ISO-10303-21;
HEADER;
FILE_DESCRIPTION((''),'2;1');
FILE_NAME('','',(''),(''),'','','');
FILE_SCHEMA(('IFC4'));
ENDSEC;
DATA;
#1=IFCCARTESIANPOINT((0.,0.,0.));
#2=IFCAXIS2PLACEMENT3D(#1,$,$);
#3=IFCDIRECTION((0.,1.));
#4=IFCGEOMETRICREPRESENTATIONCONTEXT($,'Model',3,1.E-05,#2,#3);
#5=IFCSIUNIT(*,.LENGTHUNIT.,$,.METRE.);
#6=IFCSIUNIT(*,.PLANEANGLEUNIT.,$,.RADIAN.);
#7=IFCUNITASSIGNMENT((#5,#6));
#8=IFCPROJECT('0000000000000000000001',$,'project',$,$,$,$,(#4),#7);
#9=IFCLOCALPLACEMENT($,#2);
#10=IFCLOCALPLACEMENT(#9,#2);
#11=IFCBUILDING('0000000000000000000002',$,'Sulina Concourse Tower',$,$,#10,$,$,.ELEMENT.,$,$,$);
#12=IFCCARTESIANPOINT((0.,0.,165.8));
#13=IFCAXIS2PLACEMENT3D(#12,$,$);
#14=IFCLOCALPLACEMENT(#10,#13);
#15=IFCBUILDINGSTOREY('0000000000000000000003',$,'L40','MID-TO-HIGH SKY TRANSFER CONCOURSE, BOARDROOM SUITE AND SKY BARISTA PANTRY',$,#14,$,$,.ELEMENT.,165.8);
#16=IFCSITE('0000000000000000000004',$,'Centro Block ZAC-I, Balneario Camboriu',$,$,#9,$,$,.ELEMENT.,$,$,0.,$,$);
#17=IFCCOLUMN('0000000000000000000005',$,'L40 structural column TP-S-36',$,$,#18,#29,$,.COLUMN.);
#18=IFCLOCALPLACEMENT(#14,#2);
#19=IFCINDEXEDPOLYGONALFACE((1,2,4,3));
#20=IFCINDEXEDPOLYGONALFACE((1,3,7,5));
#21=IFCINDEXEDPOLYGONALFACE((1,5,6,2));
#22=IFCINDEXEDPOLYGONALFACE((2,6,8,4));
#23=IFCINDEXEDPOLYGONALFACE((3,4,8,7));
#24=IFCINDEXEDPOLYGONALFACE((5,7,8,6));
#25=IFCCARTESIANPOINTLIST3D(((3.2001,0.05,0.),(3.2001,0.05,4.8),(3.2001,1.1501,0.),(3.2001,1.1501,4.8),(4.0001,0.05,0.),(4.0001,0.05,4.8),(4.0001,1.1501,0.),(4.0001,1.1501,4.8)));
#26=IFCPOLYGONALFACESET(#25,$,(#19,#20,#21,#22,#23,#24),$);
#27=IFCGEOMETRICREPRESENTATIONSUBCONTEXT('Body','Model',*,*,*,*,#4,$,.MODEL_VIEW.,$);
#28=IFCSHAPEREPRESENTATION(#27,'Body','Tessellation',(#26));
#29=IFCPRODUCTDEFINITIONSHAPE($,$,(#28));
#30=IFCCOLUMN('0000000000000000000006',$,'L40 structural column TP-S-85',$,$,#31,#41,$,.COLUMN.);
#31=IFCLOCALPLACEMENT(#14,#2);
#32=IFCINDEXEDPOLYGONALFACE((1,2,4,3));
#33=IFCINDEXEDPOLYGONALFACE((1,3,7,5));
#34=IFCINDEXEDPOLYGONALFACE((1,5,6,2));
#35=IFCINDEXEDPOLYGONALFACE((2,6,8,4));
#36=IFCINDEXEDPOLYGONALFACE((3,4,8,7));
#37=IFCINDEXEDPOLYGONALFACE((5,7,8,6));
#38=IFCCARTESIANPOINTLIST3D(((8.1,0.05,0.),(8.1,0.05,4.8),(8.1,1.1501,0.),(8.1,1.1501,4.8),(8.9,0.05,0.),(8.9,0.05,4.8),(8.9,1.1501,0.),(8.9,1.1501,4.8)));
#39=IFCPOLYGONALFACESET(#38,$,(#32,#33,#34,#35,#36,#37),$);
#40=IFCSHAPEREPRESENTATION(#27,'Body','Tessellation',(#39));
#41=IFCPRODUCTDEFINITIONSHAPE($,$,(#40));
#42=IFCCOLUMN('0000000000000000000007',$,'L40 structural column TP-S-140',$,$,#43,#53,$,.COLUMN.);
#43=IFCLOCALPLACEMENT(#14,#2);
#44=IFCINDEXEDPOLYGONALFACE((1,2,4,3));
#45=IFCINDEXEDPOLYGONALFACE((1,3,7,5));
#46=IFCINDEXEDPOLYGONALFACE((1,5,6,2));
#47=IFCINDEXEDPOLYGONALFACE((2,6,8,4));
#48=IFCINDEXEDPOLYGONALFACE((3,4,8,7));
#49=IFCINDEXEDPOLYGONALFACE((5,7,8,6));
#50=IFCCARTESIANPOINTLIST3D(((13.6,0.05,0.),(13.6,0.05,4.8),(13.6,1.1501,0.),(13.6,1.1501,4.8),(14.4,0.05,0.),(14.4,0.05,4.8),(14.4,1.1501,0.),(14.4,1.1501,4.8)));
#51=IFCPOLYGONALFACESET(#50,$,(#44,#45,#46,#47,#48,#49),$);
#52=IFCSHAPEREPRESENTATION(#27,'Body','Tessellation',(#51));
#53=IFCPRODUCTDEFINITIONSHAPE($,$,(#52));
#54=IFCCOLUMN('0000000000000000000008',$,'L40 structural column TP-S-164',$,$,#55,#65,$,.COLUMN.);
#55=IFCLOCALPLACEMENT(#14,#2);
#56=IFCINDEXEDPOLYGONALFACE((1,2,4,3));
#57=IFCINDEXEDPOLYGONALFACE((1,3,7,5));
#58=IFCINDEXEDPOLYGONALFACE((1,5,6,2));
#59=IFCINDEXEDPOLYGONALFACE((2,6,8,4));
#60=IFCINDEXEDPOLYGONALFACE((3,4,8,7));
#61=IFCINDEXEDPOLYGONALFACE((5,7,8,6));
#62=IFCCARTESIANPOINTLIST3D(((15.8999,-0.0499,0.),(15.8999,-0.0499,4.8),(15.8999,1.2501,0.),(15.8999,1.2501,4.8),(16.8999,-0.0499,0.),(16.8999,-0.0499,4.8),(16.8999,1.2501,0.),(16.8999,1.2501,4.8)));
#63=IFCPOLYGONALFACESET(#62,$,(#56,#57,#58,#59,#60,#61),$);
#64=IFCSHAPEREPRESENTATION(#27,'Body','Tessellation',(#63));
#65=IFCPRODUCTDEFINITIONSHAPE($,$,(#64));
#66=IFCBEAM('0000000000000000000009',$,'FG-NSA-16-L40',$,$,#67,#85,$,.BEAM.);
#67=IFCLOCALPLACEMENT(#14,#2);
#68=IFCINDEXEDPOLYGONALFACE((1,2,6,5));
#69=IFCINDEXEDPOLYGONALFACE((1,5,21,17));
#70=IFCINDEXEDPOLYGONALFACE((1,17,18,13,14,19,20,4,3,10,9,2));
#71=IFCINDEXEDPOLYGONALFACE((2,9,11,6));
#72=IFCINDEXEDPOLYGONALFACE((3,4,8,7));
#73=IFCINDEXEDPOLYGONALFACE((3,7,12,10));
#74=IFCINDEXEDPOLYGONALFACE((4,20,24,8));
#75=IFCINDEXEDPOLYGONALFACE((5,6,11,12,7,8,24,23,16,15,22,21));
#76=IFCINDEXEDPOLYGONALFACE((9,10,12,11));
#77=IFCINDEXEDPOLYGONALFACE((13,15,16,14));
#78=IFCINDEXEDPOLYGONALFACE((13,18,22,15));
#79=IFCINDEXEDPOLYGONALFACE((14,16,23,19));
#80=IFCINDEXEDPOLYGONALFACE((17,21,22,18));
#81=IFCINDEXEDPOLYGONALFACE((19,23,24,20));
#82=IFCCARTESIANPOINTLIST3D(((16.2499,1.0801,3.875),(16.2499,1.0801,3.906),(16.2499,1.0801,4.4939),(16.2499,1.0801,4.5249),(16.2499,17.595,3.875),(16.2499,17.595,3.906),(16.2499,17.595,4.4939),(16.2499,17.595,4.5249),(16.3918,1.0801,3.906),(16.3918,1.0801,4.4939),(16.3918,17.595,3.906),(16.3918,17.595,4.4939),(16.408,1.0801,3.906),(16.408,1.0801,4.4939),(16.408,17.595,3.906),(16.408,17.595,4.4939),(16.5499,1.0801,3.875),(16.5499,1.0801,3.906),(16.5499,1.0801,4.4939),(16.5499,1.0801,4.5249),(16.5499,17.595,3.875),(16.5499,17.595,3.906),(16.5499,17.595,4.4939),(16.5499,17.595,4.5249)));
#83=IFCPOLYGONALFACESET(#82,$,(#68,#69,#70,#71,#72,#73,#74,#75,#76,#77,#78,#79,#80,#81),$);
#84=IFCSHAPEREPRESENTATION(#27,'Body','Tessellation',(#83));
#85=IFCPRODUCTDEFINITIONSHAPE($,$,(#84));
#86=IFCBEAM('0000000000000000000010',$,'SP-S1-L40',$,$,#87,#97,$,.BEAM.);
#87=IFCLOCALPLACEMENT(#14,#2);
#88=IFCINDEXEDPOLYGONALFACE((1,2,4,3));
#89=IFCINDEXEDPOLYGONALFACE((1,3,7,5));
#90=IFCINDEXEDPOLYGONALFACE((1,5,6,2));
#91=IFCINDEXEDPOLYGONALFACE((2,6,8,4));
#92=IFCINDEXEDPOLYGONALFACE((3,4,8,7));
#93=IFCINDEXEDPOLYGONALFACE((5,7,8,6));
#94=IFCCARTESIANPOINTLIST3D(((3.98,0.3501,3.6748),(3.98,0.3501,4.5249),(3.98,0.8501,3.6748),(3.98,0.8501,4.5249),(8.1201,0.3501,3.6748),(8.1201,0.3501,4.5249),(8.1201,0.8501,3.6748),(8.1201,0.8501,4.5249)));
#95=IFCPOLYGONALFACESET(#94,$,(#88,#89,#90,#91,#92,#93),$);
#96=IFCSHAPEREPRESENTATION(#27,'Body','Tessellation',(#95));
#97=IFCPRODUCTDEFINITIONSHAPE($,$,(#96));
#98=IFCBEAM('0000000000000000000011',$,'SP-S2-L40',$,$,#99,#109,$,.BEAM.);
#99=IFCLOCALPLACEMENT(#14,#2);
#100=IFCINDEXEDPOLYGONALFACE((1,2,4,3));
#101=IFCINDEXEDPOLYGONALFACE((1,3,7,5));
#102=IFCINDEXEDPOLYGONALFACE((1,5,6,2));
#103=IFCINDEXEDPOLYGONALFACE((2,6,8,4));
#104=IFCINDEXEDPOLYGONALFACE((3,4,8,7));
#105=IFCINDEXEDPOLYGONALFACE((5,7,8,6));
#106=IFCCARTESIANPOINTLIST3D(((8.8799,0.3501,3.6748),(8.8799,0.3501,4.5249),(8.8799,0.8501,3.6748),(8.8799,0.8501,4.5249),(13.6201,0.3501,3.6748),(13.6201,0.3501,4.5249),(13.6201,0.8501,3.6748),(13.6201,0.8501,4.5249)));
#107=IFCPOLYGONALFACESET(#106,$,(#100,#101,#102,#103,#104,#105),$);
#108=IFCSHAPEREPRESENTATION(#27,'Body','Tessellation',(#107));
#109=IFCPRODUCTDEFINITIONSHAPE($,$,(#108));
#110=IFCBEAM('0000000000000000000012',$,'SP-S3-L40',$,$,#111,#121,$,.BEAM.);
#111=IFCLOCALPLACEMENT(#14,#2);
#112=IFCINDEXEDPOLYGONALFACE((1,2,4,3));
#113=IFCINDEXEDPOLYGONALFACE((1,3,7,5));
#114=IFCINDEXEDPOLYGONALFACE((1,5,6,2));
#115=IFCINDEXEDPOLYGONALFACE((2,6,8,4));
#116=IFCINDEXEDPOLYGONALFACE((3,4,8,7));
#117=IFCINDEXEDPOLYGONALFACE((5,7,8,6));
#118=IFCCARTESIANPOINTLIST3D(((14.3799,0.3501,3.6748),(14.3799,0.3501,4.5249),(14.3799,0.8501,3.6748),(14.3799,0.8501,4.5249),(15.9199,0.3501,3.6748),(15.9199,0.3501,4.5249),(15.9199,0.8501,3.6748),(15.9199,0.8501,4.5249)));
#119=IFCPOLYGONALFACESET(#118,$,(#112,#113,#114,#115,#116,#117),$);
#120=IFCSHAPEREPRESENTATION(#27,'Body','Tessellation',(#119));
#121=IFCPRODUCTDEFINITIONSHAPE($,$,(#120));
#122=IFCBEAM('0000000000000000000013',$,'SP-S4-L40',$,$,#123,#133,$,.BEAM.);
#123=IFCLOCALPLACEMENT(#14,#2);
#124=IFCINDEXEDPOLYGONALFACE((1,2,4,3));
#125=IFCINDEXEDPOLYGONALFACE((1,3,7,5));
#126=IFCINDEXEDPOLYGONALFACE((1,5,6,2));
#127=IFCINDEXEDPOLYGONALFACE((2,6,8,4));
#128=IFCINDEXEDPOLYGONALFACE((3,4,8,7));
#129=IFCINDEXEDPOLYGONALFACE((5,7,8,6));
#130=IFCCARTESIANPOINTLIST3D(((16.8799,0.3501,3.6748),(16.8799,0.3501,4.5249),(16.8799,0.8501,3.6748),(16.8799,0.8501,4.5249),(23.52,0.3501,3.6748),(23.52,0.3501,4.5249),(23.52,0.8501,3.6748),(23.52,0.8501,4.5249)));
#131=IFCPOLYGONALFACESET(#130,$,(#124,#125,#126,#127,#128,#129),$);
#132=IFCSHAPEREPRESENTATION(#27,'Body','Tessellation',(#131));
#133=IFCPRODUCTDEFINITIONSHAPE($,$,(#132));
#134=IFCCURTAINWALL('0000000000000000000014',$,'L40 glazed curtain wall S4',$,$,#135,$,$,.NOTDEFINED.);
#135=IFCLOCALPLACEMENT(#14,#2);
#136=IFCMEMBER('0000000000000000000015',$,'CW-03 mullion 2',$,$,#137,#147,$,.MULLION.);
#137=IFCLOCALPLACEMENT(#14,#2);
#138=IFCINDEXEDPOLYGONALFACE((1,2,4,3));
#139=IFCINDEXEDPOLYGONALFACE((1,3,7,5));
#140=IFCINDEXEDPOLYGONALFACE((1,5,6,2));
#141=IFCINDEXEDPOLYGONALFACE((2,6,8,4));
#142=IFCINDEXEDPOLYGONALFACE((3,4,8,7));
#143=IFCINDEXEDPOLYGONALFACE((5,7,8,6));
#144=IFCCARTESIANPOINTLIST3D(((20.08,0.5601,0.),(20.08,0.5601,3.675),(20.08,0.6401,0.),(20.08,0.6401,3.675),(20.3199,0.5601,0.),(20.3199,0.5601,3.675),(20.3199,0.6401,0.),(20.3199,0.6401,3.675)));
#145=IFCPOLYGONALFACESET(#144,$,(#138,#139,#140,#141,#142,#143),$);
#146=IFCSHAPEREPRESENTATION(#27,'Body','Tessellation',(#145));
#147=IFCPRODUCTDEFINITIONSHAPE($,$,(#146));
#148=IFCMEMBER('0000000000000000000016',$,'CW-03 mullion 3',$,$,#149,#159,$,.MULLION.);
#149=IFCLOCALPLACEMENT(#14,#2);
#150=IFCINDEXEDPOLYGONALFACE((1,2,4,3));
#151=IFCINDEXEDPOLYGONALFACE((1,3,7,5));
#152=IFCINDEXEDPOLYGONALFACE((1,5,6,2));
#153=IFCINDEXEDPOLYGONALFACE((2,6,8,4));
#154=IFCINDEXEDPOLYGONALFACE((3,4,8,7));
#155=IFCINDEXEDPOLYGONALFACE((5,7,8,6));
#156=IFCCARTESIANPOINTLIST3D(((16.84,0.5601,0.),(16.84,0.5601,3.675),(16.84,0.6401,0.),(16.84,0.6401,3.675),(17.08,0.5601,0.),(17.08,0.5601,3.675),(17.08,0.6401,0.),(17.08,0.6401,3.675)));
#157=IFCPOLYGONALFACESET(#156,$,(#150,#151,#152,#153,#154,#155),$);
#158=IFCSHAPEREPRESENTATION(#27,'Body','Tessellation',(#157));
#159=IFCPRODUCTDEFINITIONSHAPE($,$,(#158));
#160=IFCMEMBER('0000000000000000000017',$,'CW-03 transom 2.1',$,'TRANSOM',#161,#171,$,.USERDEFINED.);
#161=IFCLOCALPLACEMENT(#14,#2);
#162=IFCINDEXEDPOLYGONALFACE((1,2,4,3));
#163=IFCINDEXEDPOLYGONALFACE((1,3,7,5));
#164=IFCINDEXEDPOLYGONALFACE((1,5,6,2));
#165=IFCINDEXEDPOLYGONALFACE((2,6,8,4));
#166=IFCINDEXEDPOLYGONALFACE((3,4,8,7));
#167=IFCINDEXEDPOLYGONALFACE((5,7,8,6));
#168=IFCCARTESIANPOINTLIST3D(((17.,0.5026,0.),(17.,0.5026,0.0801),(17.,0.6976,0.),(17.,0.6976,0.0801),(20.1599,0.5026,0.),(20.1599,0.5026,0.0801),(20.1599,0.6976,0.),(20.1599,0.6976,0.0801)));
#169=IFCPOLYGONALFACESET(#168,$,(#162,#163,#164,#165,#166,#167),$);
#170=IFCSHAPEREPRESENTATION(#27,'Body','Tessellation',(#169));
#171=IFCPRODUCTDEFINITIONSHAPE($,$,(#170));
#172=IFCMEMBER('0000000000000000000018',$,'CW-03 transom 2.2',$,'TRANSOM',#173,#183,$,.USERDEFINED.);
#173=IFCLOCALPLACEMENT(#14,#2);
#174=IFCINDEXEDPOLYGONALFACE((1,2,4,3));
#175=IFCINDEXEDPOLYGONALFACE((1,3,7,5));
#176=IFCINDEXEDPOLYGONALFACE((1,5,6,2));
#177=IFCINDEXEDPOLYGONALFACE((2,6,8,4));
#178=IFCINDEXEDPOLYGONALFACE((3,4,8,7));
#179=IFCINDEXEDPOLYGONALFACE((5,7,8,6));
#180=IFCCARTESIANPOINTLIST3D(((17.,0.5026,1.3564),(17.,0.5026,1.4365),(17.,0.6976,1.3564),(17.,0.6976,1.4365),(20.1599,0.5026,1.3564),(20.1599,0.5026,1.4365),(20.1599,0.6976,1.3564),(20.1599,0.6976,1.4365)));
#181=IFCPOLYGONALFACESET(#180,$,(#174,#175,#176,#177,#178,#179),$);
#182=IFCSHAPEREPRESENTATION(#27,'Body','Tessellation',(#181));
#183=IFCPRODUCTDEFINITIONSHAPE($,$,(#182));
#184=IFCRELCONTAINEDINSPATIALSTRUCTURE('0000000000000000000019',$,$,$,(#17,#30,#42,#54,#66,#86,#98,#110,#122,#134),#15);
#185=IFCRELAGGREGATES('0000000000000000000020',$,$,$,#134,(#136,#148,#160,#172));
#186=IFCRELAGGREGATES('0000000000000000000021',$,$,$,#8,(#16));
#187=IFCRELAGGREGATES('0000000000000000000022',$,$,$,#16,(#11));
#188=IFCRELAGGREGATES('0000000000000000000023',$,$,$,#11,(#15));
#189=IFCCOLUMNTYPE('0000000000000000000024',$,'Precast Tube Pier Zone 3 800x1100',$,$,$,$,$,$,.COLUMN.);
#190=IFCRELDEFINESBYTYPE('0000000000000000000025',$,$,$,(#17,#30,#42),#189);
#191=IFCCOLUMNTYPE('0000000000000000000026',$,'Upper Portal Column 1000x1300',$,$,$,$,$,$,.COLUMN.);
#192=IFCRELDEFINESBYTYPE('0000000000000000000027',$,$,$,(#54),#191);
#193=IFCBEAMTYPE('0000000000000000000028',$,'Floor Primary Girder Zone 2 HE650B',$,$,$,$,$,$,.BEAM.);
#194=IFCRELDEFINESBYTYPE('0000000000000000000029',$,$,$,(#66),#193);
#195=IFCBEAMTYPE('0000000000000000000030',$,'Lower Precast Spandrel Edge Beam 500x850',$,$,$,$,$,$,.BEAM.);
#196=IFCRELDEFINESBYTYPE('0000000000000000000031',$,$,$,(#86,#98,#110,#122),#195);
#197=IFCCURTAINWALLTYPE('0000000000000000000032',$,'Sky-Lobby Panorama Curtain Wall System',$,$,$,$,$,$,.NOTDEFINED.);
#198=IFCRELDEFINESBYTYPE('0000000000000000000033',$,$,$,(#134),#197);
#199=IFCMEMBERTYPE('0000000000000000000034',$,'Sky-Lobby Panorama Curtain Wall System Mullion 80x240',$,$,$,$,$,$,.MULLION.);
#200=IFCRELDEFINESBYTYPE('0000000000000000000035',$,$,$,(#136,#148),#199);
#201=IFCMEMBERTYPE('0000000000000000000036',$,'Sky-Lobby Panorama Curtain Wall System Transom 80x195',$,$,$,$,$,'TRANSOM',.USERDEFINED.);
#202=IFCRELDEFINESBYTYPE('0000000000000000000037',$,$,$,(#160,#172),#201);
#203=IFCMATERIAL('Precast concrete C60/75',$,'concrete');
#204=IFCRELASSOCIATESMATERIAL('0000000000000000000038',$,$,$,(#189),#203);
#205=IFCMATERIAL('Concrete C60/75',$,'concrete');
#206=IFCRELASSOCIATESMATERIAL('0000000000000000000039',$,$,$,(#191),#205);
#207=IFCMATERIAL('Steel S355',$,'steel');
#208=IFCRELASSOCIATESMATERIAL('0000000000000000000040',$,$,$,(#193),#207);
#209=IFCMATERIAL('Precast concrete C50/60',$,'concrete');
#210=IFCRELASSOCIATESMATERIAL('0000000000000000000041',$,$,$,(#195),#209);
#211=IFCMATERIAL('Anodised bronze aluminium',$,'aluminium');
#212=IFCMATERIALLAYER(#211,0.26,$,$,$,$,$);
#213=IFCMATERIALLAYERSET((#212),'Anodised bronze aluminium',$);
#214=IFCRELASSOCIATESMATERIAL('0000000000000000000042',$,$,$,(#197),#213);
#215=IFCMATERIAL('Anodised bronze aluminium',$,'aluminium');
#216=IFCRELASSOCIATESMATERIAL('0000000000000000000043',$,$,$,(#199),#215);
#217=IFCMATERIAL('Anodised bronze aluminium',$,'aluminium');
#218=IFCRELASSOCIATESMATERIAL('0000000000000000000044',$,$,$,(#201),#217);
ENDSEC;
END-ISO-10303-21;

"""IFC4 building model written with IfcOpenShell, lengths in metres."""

from ifc_helpers import new_model, si_unit, direction, frame, origin, origin_2d, place, context, subcontext, project, spatial, rectangle, i_section, extrude, material, layer, layer_set, material_profile, profile_set, type_object, element, aggregate, save


model = new_model("IFC4")

# Units and contexts
model_context = context("Model", 3, precision=1e-05, world=origin(), true_north=direction((0.0, 1.0)))
body_context = subcontext(model_context, "Body", "Model", "MODEL_VIEW")
ifc_project = project(units=[si_unit("LENGTHUNIT", "METRE"), si_unit("PLANEANGLEUNIT", "RADIAN")], contexts=[model_context])

# Site, building, storey
site_placement = place(None, origin())
site = spatial("IfcSite", under=ifc_project, at=site_placement, Name="Centro Block ZAC-I, Balneario Camboriu", CompositionType="ELEMENT", RefElevation=0.0)
building_placement = place(site_placement, origin())
building = spatial("IfcBuilding", under=site, at=building_placement, Name="Sulina Concourse Tower", CompositionType="ELEMENT")
storey_placement = place(building_placement, frame((0.0, 0.0, 165.8)))
storey = spatial("IfcBuildingStorey", under=building, at=storey_placement, Name="L40", Description="MID-TO-HIGH SKY TRANSFER CONCOURSE, BOARDROOM SUITE AND SKY BARISTA PANTRY", CompositionType="ELEMENT", Elevation=165.8)

# Columns
ifc_material_1 = material(Name="Precast concrete C60/75", Category="concrete")
ifc_material_profile_1 = material_profile(ifc_material_1, rectangle(XDim=0.8, YDim=1.1001, at=origin_2d()), Name="PC 800x1100")
ifc_profile_set_1 = profile_set([ifc_material_profile_1], Name="Precast concrete C60/75")
column_type_1 = type_object("IfcColumnType", Name="Precast Tube Pier Zone 3 800x1100", PredefinedType="COLUMN", material=ifc_profile_set_1)
for number, where, z_axis, x_axis, name in (
    (1, (3.6001, 0.6001, 0.0), (0.0, 0.0, 1.0), (1.0, 0.0, 0.0), "L40 structural column TP-S-36"),
    (2, (8.5, 0.6001, 0.0), (0.0, 0.0, 1.0), (1.0, 0.0, 0.0), "L40 structural column TP-S-85"),
    (3, (14.0, 0.6001, 0.0), (0.0, 0.0, 1.0), (1.0, 0.0, 0.0), "L40 structural column TP-S-140"),
):
    element("IfcColumn", number, at=place(storey_placement, frame(where, z_axis=z_axis, x_axis=x_axis)), inside=storey, type_object=column_type_1, Name=name, PredefinedType="COLUMN", context=body_context, shape_type="SweptSolid", body=[
        extrude(rectangle(XDim=0.8, YDim=1.1001, at=origin_2d()), origin(), (0.0, 0.0, 1.0), 4.8),
    ])
ifc_material_2 = material(Name="Concrete C60/75", Category="concrete")
ifc_material_profile_2 = material_profile(ifc_material_2, rectangle(XDim=1.0, YDim=1.3, at=origin_2d()), Name="RC 1000x1300")
ifc_profile_set_2 = profile_set([ifc_material_profile_2], Name="Concrete C60/75")
column_type_2 = type_object("IfcColumnType", Name="Upper Portal Column 1000x1300", PredefinedType="COLUMN", material=ifc_profile_set_2)
column_placement = place(storey_placement, frame((16.3999, 0.6001, 0.0), z_axis=(0.0, 0.0, 1.0), x_axis=(1.0, 0.0, 0.0)))
element("IfcColumn", 4, at=column_placement, inside=storey, type_object=column_type_2, Name="L40 structural column TP-S-164", PredefinedType="COLUMN", context=body_context, shape_type="SweptSolid", body=[
    extrude(rectangle(XDim=1.0, YDim=1.3, at=origin_2d()), origin(), (0.0, 0.0, 1.0), 4.8),
])

# Beams
ifc_material_3 = material(Name="Steel S355", Category="steel")
ifc_material_profile_3 = material_profile(ifc_material_3, i_section(OverallWidth=0.3, OverallDepth=0.6499, WebThickness=0.0161, FlangeThickness=0.031, at=origin_2d()), Name="HE 650 B")
ifc_profile_set_3 = profile_set([ifc_material_profile_3], Name="Steel S355")
beam_type_1 = type_object("IfcBeamType", Name="Floor Primary Girder Zone 2 HE650B", PredefinedType="BEAM", material=ifc_profile_set_3)
beam_1_placement = place(storey_placement, frame((16.3999, 1.0801, 4.2), z_axis=(0.0, 1.0, 0.0), x_axis=(-1.0, 0.0, 0.0)))
element("IfcBeam", 5, at=beam_1_placement, inside=storey, type_object=beam_type_1, Name="FG-NSA-16-L40", PredefinedType="BEAM", context=body_context, shape_type="SweptSolid", body=[
    extrude(i_section(OverallWidth=0.3, OverallDepth=0.6499, WebThickness=0.0161, FlangeThickness=0.031, at=origin_2d()), origin(), (0.0, 0.0, 1.0), 16.5149),
])
ifc_material_4 = material(Name="Precast concrete C50/60", Category="concrete")
ifc_material_profile_4 = material_profile(ifc_material_4, rectangle(XDim=0.5, YDim=0.8501, at=origin_2d()), Name="RC 500x850")
ifc_profile_set_4 = profile_set([ifc_material_profile_4], Name="Precast concrete C50/60")
beam_type_2 = type_object("IfcBeamType", Name="Lower Precast Spandrel Edge Beam 500x850", PredefinedType="BEAM", material=ifc_profile_set_4)
beam_2_placement = place(storey_placement, frame((3.98, 0.6001, 4.0999), z_axis=(1.0, 0.0, 0.0), x_axis=(0.0, 1.0, 0.0)))
element("IfcBeam", 6, at=beam_2_placement, inside=storey, type_object=beam_type_2, Name="SP-S1-L40", PredefinedType="BEAM", context=body_context, shape_type="SweptSolid", body=[
    extrude(rectangle(XDim=0.5, YDim=0.8501, at=origin_2d()), origin(), (0.0, 0.0, 1.0), 4.1401),
])
beam_3_placement = place(storey_placement, frame((8.8799, 0.6001, 4.0999), z_axis=(1.0, 0.0, 0.0), x_axis=(0.0, 1.0, 0.0)))
element("IfcBeam", 7, at=beam_3_placement, inside=storey, type_object=beam_type_2, Name="SP-S2-L40", PredefinedType="BEAM", context=body_context, shape_type="SweptSolid", body=[
    extrude(rectangle(XDim=0.5, YDim=0.8501, at=origin_2d()), origin(), (0.0, 0.0, 1.0), 4.7402),
])
beam_4_placement = place(storey_placement, frame((14.3799, 0.6001, 4.0999), z_axis=(1.0, 0.0, 0.0), x_axis=(0.0, 1.0, 0.0)))
element("IfcBeam", 8, at=beam_4_placement, inside=storey, type_object=beam_type_2, Name="SP-S3-L40", PredefinedType="BEAM", context=body_context, shape_type="SweptSolid", body=[
    extrude(rectangle(XDim=0.5, YDim=0.8501, at=origin_2d()), origin(), (0.0, 0.0, 1.0), 1.54),
])
beam_5_placement = place(storey_placement, frame((16.8799, 0.6001, 4.0999), z_axis=(1.0, 0.0, 0.0), x_axis=(0.0, 1.0, 0.0)))
element("IfcBeam", 9, at=beam_5_placement, inside=storey, type_object=beam_type_2, Name="SP-S4-L40", PredefinedType="BEAM", context=body_context, shape_type="SweptSolid", body=[
    extrude(rectangle(XDim=0.5, YDim=0.8501, at=origin_2d()), origin(), (0.0, 0.0, 1.0), 6.6401),
])

# Curtain wall, members
ifc_material_5 = material(Name="Anodised bronze aluminium", Category="aluminium")
ifc_layer_1 = layer(ifc_material_5, 0.26)
ifc_layer_set_1 = layer_set([ifc_layer_1], Name="Anodised bronze aluminium")
curtain_wall_type = type_object("IfcCurtainWallType", Name="Sky-Lobby Panorama Curtain Wall System", PredefinedType="NOTDEFINED", material=ifc_layer_set_1)
curtain_wall_placement = place(storey_placement, origin())
curtain_wall = element("IfcCurtainWall", 10, at=curtain_wall_placement, inside=storey, type_object=curtain_wall_type, Name="L40 glazed curtain wall S4", PredefinedType="NOTDEFINED")
ifc_material_6 = material(Name="Anodised bronze aluminium", Category="aluminium")
ifc_material_profile_5 = material_profile(ifc_material_6, rectangle(XDim=0.0801, YDim=0.24, at=origin_2d()), Name="MUL 80x240")
ifc_profile_set_5 = profile_set([ifc_material_profile_5], Name="Anodised bronze aluminium")
member_type_1 = type_object("IfcMemberType", Name="Sky-Lobby Panorama Curtain Wall System Mullion 80x240", PredefinedType="MULLION", material=ifc_profile_set_5)
member_1_placement = place(storey_placement, frame((20.2, 0.6001, 0.0), z_axis=(0.0, 0.0, 1.0), x_axis=(0.0, -1.0, 0.0)))
member_1 = element("IfcMember", 11, at=member_1_placement, type_object=member_type_1, Name="CW-03 mullion 2", PredefinedType="MULLION", context=body_context, shape_type="SweptSolid", body=[
    extrude(rectangle(XDim=0.0801, YDim=0.24, at=origin_2d()), origin(), (0.0, 0.0, 1.0), 3.675),
])
member_2_placement = place(storey_placement, frame((16.96, 0.6001, 0.0), z_axis=(0.0, 0.0, 1.0), x_axis=(0.0, -1.0, 0.0)))
member_2 = element("IfcMember", 12, at=member_2_placement, type_object=member_type_1, Name="CW-03 mullion 3", PredefinedType="MULLION", context=body_context, shape_type="SweptSolid", body=[
    extrude(rectangle(XDim=0.0801, YDim=0.24, at=origin_2d()), origin(), (0.0, 0.0, 1.0), 3.675),
])
ifc_material_7 = material(Name="Anodised bronze aluminium", Category="aluminium")
ifc_material_profile_6 = material_profile(ifc_material_7, rectangle(XDim=0.1951, YDim=0.0801, at=origin_2d()), Name="TRN 80x195")
ifc_profile_set_6 = profile_set([ifc_material_profile_6], Name="Anodised bronze aluminium")
member_type_2 = type_object("IfcMemberType", Name="Sky-Lobby Panorama Curtain Wall System Transom 80x195", ElementType="TRANSOM", PredefinedType="USERDEFINED", material=ifc_profile_set_6)
member_3_placement = place(storey_placement, frame((20.1599, 0.6001, 0.04), z_axis=(-1.0, 0.0, 0.0), x_axis=(0.0, -1.0, 0.0)))
member_3 = element("IfcMember", 13, at=member_3_placement, type_object=member_type_2, Name="CW-03 transom 2.1", ObjectType="TRANSOM", PredefinedType="USERDEFINED", context=body_context, shape_type="SweptSolid", body=[
    extrude(rectangle(XDim=0.1951, YDim=0.0801, at=origin_2d()), origin(), (0.0, 0.0, 1.0), 3.1599),
])
member_4_placement = place(storey_placement, frame((20.1599, 0.6001, 1.3965), z_axis=(-1.0, 0.0, 0.0), x_axis=(0.0, -1.0, 0.0)))
member_4 = element("IfcMember", 14, at=member_4_placement, type_object=member_type_2, Name="CW-03 transom 2.2", ObjectType="TRANSOM", PredefinedType="USERDEFINED", context=body_context, shape_type="SweptSolid", body=[
    extrude(rectangle(XDim=0.1951, YDim=0.0801, at=origin_2d()), origin(), (0.0, 0.0, 1.0), 3.1599),
])

aggregate(curtain_wall, [member_1, member_2, member_3, member_4])

save(model, "model.ifc")
